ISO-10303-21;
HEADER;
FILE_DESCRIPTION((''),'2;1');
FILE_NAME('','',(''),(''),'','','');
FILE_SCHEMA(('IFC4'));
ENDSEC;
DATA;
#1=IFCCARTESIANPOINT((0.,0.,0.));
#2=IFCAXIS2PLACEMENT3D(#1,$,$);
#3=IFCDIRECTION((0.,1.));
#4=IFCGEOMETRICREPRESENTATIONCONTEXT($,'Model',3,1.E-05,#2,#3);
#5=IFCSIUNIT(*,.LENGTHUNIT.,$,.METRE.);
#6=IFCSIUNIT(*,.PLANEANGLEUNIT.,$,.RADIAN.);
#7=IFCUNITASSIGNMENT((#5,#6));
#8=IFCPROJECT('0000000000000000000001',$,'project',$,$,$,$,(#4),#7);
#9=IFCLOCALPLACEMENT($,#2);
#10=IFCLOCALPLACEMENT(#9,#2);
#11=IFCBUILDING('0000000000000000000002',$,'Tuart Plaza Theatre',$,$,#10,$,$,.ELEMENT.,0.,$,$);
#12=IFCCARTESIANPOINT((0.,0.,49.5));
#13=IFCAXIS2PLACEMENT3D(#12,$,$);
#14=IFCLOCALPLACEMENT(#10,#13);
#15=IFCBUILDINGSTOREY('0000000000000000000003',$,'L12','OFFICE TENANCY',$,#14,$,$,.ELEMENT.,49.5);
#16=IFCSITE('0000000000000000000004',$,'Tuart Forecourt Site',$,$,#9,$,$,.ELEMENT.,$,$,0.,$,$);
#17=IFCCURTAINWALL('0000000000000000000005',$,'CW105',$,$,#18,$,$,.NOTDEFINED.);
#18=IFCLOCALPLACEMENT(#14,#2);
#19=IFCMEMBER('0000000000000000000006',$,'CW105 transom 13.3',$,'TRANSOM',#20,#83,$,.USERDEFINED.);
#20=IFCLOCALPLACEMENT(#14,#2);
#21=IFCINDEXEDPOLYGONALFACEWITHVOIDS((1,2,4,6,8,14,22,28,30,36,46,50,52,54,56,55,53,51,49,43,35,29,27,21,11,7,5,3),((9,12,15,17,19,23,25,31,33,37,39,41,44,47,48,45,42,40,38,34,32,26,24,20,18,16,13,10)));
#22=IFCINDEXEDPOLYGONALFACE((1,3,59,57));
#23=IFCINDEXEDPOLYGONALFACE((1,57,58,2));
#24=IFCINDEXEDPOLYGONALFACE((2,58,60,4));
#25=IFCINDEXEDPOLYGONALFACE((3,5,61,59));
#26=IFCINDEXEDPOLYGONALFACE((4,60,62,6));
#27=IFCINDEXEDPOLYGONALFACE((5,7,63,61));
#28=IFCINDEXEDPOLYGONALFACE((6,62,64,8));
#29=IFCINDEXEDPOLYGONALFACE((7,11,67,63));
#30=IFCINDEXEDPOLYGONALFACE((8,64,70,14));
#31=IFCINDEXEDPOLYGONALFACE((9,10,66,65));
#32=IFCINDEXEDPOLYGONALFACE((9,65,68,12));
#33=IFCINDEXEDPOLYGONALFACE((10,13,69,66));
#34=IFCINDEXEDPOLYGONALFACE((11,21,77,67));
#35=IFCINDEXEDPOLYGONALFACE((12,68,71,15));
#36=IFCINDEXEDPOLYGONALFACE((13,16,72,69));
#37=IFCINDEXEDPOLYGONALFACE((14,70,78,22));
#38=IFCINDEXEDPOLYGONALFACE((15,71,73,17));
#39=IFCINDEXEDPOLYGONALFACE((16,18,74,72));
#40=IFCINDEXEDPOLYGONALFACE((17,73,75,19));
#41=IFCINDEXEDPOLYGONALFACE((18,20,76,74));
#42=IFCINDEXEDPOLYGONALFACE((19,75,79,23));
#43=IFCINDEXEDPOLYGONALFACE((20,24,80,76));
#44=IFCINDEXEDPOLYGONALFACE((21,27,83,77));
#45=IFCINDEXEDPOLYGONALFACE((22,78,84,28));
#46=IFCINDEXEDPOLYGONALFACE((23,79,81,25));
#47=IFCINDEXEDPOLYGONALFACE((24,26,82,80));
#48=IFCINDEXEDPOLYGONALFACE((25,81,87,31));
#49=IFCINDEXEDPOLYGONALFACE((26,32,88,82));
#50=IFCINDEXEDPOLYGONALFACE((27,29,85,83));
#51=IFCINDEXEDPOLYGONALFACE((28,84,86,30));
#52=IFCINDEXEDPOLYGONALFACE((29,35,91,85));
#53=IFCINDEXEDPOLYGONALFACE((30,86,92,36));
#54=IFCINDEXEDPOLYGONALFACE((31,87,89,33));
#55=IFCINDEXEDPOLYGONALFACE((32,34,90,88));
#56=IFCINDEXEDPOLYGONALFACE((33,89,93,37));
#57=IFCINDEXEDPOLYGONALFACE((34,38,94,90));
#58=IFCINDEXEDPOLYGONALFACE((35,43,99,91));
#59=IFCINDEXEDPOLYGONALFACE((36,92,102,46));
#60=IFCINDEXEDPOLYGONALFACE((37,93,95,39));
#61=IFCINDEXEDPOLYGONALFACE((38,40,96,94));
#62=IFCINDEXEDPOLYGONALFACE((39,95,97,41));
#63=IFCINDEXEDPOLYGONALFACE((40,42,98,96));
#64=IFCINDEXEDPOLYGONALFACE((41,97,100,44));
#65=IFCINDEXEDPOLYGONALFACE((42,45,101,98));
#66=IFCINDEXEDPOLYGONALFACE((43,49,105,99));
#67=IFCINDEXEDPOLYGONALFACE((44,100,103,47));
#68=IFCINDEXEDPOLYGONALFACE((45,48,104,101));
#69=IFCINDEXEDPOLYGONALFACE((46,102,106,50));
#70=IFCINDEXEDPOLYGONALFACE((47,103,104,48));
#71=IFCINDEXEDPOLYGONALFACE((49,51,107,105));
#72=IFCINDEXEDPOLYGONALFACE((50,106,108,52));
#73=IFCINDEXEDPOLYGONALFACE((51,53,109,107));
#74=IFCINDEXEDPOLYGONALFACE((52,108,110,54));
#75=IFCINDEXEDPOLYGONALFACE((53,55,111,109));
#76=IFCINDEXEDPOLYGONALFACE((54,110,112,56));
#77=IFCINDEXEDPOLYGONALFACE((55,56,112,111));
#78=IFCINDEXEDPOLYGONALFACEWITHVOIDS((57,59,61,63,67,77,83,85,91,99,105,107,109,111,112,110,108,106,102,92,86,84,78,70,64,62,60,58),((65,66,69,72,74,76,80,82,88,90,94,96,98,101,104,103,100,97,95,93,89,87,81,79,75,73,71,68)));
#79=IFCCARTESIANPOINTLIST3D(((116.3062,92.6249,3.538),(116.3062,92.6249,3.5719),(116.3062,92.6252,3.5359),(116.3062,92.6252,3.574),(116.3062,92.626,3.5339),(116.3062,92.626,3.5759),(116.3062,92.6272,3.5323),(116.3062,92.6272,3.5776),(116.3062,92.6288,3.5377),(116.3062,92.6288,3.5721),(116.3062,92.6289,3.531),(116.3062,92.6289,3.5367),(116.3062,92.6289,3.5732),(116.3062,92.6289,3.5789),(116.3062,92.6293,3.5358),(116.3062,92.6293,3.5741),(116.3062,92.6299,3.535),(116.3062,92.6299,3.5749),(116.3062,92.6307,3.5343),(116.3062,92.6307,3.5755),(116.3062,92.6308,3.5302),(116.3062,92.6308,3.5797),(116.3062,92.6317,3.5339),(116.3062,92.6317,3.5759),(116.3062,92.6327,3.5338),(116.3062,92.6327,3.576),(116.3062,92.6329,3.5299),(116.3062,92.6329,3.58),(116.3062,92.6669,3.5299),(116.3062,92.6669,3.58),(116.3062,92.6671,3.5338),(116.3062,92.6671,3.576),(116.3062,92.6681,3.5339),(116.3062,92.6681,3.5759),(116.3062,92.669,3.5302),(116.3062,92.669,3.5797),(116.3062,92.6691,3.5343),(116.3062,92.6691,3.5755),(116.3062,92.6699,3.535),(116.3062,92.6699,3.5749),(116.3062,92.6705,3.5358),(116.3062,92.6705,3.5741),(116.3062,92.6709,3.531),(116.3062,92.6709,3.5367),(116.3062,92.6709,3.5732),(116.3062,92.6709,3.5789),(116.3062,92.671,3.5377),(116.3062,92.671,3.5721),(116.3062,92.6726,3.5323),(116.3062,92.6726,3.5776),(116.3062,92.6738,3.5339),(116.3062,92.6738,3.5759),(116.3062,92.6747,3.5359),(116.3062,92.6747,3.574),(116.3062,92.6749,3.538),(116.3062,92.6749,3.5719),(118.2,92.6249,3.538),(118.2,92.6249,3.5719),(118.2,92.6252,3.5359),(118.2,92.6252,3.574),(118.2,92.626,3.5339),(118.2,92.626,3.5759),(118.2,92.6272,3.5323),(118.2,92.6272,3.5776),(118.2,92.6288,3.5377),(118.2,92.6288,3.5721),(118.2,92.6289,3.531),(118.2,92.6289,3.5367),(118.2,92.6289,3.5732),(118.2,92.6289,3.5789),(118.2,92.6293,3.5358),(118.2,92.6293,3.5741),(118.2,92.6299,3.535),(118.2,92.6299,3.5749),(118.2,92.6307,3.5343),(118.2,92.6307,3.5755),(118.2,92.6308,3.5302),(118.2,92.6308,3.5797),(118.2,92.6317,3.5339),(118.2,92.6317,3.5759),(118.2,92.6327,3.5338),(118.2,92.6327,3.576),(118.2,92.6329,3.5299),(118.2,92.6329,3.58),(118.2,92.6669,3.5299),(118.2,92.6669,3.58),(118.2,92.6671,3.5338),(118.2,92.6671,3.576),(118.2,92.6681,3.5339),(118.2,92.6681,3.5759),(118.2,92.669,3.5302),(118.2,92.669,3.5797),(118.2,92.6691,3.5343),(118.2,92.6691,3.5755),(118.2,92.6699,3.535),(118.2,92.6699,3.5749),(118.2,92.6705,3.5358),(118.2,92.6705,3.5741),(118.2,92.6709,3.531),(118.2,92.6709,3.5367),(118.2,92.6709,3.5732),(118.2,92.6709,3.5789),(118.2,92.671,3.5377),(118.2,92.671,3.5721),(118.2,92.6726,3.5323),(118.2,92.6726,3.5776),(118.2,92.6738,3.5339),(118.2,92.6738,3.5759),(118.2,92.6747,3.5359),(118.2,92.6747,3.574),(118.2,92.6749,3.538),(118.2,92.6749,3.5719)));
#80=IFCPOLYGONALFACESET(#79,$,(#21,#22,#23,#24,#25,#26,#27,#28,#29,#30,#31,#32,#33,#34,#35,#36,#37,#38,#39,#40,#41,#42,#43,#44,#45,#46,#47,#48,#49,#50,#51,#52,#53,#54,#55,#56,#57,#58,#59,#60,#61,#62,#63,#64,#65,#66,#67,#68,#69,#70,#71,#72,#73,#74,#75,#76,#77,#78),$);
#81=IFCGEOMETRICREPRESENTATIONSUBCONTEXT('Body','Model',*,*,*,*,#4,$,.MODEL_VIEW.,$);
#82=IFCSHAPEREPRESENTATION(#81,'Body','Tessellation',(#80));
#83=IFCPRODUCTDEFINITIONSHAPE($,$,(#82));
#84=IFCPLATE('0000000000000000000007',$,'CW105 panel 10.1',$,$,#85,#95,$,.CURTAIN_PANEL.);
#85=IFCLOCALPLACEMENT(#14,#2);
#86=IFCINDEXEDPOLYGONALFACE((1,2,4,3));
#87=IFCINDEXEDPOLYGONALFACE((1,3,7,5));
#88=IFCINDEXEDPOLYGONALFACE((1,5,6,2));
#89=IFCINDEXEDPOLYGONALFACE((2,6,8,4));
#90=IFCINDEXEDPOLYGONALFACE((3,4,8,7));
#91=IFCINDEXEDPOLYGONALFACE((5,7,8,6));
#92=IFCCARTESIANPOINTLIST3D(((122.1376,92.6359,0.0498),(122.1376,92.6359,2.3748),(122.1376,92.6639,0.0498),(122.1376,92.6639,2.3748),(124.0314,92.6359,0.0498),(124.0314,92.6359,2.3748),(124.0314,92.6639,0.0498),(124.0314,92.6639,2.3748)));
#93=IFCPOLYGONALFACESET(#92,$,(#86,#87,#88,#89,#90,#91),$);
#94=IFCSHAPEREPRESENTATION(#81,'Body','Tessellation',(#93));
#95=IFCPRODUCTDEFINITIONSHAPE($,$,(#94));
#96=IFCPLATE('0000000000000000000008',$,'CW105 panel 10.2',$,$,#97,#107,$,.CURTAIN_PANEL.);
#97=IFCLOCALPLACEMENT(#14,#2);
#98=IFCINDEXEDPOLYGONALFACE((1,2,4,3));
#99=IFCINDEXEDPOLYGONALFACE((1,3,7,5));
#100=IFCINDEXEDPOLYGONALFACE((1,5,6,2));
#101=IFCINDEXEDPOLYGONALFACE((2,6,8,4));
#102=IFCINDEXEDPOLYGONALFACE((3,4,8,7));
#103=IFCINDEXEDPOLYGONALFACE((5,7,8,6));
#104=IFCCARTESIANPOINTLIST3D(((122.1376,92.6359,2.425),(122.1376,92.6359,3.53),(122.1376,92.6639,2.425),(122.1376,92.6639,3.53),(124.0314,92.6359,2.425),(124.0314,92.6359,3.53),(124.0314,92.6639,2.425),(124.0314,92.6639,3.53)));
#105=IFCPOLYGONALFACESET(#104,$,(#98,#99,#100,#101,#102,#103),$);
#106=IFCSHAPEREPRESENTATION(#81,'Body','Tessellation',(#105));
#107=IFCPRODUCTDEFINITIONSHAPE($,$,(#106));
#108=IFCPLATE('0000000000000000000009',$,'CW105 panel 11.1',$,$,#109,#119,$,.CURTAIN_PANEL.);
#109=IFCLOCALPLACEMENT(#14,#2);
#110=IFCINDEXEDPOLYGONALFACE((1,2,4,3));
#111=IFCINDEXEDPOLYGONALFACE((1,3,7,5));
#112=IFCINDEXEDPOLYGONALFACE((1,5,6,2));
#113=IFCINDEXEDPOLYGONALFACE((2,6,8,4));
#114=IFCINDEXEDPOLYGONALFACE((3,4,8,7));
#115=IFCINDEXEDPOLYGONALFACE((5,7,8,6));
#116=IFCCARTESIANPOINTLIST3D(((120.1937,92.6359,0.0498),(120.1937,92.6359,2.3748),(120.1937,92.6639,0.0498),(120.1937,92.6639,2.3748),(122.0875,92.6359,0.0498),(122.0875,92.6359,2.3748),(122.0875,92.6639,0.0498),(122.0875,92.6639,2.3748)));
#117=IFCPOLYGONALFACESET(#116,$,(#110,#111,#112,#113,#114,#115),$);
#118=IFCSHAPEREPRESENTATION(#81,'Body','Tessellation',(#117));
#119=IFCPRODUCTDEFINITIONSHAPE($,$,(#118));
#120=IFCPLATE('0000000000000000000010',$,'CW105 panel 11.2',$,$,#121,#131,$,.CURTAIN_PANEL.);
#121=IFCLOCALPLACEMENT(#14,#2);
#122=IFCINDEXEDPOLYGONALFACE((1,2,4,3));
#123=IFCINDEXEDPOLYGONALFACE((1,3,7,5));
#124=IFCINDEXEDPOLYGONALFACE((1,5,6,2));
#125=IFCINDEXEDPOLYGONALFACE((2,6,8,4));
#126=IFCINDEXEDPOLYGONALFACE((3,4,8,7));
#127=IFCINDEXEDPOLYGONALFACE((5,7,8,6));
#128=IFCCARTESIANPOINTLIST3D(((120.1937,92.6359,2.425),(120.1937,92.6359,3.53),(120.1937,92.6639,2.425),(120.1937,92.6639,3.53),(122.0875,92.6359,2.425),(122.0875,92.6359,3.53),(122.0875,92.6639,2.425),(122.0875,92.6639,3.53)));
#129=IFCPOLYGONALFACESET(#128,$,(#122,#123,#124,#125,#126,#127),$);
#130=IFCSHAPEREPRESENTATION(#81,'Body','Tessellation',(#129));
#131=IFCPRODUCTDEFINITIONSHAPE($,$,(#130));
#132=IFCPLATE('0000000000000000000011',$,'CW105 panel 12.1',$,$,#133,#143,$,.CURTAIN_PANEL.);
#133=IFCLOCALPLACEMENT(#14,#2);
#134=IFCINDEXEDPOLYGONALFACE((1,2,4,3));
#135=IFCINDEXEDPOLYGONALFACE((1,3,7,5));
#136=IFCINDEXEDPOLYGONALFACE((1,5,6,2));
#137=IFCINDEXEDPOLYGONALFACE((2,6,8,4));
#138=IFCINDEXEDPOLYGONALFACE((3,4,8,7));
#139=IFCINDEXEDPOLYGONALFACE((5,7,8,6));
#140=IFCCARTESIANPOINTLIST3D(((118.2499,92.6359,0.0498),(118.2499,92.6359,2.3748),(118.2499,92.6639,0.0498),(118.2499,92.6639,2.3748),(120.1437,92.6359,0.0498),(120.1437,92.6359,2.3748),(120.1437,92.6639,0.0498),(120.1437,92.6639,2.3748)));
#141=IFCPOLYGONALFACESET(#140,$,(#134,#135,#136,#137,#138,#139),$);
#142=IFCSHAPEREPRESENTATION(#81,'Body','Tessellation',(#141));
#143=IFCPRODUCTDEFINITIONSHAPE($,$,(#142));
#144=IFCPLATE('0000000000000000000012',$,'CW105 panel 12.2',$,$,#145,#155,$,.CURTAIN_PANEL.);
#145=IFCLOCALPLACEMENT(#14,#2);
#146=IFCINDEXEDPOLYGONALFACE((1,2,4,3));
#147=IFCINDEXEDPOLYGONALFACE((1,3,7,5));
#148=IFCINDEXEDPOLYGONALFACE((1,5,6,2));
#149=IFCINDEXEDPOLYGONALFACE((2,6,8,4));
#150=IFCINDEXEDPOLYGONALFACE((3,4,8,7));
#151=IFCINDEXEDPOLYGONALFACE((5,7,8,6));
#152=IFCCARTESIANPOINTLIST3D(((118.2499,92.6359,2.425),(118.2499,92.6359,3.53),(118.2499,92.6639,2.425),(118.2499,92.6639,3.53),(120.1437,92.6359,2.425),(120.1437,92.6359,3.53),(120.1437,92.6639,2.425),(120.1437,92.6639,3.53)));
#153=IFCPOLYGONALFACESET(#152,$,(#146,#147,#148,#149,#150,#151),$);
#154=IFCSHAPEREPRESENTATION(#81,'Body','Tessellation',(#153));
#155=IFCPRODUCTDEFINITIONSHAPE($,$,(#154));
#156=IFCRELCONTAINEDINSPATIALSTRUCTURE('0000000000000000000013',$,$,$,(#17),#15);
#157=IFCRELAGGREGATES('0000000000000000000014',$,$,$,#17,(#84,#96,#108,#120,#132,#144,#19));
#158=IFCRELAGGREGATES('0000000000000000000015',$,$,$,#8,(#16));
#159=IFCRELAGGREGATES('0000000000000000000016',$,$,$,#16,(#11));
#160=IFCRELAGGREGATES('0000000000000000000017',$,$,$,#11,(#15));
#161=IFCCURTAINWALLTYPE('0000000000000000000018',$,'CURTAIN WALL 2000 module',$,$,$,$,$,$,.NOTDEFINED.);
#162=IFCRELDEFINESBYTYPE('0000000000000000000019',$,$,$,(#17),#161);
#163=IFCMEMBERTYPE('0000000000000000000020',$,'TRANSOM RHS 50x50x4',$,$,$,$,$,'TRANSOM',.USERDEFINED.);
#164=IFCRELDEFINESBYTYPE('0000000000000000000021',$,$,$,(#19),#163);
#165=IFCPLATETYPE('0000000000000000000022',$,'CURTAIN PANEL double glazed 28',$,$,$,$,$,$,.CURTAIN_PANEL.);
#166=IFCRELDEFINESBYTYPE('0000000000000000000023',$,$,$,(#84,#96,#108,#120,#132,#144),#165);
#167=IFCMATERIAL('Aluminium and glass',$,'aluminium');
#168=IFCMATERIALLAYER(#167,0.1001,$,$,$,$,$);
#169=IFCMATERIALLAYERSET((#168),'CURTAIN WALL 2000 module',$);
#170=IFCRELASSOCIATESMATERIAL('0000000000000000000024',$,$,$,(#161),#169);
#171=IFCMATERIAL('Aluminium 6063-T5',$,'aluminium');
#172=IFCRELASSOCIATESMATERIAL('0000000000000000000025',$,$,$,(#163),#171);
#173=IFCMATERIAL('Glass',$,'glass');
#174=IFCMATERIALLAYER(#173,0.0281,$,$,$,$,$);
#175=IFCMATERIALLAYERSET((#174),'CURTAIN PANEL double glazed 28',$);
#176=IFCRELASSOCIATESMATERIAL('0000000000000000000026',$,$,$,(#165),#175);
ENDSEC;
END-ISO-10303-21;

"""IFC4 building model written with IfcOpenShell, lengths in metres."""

from ifc_helpers import new_model, si_unit, direction, frame, origin, origin_2d, place, context, subcontext, project, spatial, rectangle, hollow_rectangle, extrude, material, layer, layer_set, material_profile, profile_set, type_object, element, aggregate, save


model = new_model("IFC4")

# Units and contexts
model_context = context("Model", 3, precision=1e-05, world=origin(), true_north=direction((0.0, 1.0)))
body_context = subcontext(model_context, "Body", "Model", "MODEL_VIEW")
ifc_project = project(units=[si_unit("LENGTHUNIT", "METRE"), si_unit("PLANEANGLEUNIT", "RADIAN")], contexts=[model_context])

# Site, building, storey
site_placement = place(None, origin())
site = spatial("IfcSite", under=ifc_project, at=site_placement, Name="Tuart Forecourt Site", CompositionType="ELEMENT", RefElevation=0.0)
building_placement = place(site_placement, origin())
building = spatial("IfcBuilding", under=site, at=building_placement, Name="Tuart Plaza Theatre", CompositionType="ELEMENT", ElevationOfRefHeight=0.0)
storey_placement = place(building_placement, frame((0.0, 0.0, 49.5)))
storey = spatial("IfcBuildingStorey", under=building, at=storey_placement, Name="L12", Description="OFFICE TENANCY", CompositionType="ELEMENT", Elevation=49.5)

# Curtain wall, member, plates
ifc_material_1 = material(Name="Aluminium and glass", Category="aluminium")
ifc_layer_1 = layer(ifc_material_1, 0.1001)
ifc_layer_set_1 = layer_set([ifc_layer_1], Name="CURTAIN WALL 2000 module")
curtain_wall_type = type_object("IfcCurtainWallType", Name="CURTAIN WALL 2000 module", PredefinedType="NOTDEFINED", material=ifc_layer_set_1)
curtain_wall_placement = place(storey_placement, origin())
curtain_wall = element("IfcCurtainWall", 1, at=curtain_wall_placement, inside=storey, type_object=curtain_wall_type, Name="CW105", PredefinedType="NOTDEFINED")
ifc_material_2 = material(Name="Aluminium 6063-T5", Category="aluminium")
ifc_material_profile_1 = material_profile(ifc_material_2, hollow_rectangle(XDim=0.05, YDim=0.05, WallThickness=0.0039, InnerFilletRadius=0.0039, OuterFilletRadius=0.0081, at=origin_2d()), Name="RHS 50x50x4")
ifc_profile_set_1 = profile_set([ifc_material_profile_1], Name="Aluminium 6063-T5")
member_type_1 = type_object("IfcMemberType", Name="TRANSOM RHS 50x50x4", ElementType="TRANSOM", PredefinedType="USERDEFINED", material=ifc_profile_set_1)
member_1_placement = place(storey_placement, frame((118.2, 92.6499, 3.5549), z_axis=(-1.0, 0.0, 0.0), x_axis=(0.0, -1.0, 0.0)))
member_1 = element("IfcMember", 2, at=member_1_placement, type_object=member_type_1, Name="CW105 transom 13.3", ObjectType="TRANSOM", PredefinedType="USERDEFINED", context=body_context, shape_type="SweptSolid", body=[
    extrude(hollow_rectangle(XDim=0.05, YDim=0.05, WallThickness=0.0039, InnerFilletRadius=0.0039, OuterFilletRadius=0.0081, at=origin_2d()), origin(), (0.0, 0.0, 1.0), 1.8938),
])
ifc_material_3 = material(Name="Glass", Category="glass")
ifc_layer_2 = layer(ifc_material_3, 0.0281)
ifc_layer_set_2 = layer_set([ifc_layer_2], Name="CURTAIN PANEL double glazed 28")
plate_type = type_object("IfcPlateType", Name="CURTAIN PANEL double glazed 28", PredefinedType="CURTAIN_PANEL", material=ifc_layer_set_2)
plate_1_placement = place(storey_placement, frame((123.0845, 92.6499, 0.0498), z_axis=(0.0, 0.0, 1.0), x_axis=(-1.0, 0.0, 0.0)))
plate_1 = element("IfcPlate", 3, at=plate_1_placement, type_object=plate_type, Name="CW105 panel 10.1", PredefinedType="CURTAIN_PANEL", context=body_context, shape_type="SweptSolid", body=[
    extrude(rectangle(XDim=1.8938, YDim=0.0281, at=origin_2d()), origin(), (0.0, 0.0, 1.0), 2.325),
])
plate_2_placement = place(storey_placement, frame((123.0845, 92.6499, 2.425), z_axis=(0.0, 0.0, 1.0), x_axis=(-1.0, 0.0, 0.0)))
plate_2 = element("IfcPlate", 4, at=plate_2_placement, type_object=plate_type, Name="CW105 panel 10.2", PredefinedType="CURTAIN_PANEL", context=body_context, shape_type="SweptSolid", body=[
    extrude(rectangle(XDim=1.8938, YDim=0.0281, at=origin_2d()), origin(), (0.0, 0.0, 1.0), 1.105),
])
plate_3_placement = place(storey_placement, frame((121.1406, 92.6499, 0.0498), z_axis=(0.0, 0.0, 1.0), x_axis=(-1.0, 0.0, 0.0)))
plate_3 = element("IfcPlate", 5, at=plate_3_placement, type_object=plate_type, Name="CW105 panel 11.1", PredefinedType="CURTAIN_PANEL", context=body_context, shape_type="SweptSolid", body=[
    extrude(rectangle(XDim=1.8938, YDim=0.0281, at=origin_2d()), origin(), (0.0, 0.0, 1.0), 2.325),
])
plate_4_placement = place(storey_placement, frame((121.1406, 92.6499, 2.425), z_axis=(0.0, 0.0, 1.0), x_axis=(-1.0, 0.0, 0.0)))
plate_4 = element("IfcPlate", 6, at=plate_4_placement, type_object=plate_type, Name="CW105 panel 11.2", PredefinedType="CURTAIN_PANEL", context=body_context, shape_type="SweptSolid", body=[
    extrude(rectangle(XDim=1.8938, YDim=0.0281, at=origin_2d()), origin(), (0.0, 0.0, 1.0), 1.105),
])
plate_5_placement = place(storey_placement, frame((119.1968, 92.6499, 0.0498), z_axis=(0.0, 0.0, 1.0), x_axis=(-1.0, 0.0, 0.0)))
plate_5 = element("IfcPlate", 7, at=plate_5_placement, type_object=plate_type, Name="CW105 panel 12.1", PredefinedType="CURTAIN_PANEL", context=body_context, shape_type="SweptSolid", body=[
    extrude(rectangle(XDim=1.8938, YDim=0.0281, at=origin_2d()), origin(), (0.0, 0.0, 1.0), 2.325),
])
plate_6_placement = place(storey_placement, frame((119.1968, 92.6499, 2.425), z_axis=(0.0, 0.0, 1.0), x_axis=(-1.0, 0.0, 0.0)))
plate_6 = element("IfcPlate", 8, at=plate_6_placement, type_object=plate_type, Name="CW105 panel 12.2", PredefinedType="CURTAIN_PANEL", context=body_context, shape_type="SweptSolid", body=[
    extrude(rectangle(XDim=1.8938, YDim=0.0281, at=origin_2d()), origin(), (0.0, 0.0, 1.0), 1.105),
])
aggregate(curtain_wall, [plate_1, plate_2, plate_3, plate_4, plate_5, plate_6, member_1])

save(model, "model.ifc")
